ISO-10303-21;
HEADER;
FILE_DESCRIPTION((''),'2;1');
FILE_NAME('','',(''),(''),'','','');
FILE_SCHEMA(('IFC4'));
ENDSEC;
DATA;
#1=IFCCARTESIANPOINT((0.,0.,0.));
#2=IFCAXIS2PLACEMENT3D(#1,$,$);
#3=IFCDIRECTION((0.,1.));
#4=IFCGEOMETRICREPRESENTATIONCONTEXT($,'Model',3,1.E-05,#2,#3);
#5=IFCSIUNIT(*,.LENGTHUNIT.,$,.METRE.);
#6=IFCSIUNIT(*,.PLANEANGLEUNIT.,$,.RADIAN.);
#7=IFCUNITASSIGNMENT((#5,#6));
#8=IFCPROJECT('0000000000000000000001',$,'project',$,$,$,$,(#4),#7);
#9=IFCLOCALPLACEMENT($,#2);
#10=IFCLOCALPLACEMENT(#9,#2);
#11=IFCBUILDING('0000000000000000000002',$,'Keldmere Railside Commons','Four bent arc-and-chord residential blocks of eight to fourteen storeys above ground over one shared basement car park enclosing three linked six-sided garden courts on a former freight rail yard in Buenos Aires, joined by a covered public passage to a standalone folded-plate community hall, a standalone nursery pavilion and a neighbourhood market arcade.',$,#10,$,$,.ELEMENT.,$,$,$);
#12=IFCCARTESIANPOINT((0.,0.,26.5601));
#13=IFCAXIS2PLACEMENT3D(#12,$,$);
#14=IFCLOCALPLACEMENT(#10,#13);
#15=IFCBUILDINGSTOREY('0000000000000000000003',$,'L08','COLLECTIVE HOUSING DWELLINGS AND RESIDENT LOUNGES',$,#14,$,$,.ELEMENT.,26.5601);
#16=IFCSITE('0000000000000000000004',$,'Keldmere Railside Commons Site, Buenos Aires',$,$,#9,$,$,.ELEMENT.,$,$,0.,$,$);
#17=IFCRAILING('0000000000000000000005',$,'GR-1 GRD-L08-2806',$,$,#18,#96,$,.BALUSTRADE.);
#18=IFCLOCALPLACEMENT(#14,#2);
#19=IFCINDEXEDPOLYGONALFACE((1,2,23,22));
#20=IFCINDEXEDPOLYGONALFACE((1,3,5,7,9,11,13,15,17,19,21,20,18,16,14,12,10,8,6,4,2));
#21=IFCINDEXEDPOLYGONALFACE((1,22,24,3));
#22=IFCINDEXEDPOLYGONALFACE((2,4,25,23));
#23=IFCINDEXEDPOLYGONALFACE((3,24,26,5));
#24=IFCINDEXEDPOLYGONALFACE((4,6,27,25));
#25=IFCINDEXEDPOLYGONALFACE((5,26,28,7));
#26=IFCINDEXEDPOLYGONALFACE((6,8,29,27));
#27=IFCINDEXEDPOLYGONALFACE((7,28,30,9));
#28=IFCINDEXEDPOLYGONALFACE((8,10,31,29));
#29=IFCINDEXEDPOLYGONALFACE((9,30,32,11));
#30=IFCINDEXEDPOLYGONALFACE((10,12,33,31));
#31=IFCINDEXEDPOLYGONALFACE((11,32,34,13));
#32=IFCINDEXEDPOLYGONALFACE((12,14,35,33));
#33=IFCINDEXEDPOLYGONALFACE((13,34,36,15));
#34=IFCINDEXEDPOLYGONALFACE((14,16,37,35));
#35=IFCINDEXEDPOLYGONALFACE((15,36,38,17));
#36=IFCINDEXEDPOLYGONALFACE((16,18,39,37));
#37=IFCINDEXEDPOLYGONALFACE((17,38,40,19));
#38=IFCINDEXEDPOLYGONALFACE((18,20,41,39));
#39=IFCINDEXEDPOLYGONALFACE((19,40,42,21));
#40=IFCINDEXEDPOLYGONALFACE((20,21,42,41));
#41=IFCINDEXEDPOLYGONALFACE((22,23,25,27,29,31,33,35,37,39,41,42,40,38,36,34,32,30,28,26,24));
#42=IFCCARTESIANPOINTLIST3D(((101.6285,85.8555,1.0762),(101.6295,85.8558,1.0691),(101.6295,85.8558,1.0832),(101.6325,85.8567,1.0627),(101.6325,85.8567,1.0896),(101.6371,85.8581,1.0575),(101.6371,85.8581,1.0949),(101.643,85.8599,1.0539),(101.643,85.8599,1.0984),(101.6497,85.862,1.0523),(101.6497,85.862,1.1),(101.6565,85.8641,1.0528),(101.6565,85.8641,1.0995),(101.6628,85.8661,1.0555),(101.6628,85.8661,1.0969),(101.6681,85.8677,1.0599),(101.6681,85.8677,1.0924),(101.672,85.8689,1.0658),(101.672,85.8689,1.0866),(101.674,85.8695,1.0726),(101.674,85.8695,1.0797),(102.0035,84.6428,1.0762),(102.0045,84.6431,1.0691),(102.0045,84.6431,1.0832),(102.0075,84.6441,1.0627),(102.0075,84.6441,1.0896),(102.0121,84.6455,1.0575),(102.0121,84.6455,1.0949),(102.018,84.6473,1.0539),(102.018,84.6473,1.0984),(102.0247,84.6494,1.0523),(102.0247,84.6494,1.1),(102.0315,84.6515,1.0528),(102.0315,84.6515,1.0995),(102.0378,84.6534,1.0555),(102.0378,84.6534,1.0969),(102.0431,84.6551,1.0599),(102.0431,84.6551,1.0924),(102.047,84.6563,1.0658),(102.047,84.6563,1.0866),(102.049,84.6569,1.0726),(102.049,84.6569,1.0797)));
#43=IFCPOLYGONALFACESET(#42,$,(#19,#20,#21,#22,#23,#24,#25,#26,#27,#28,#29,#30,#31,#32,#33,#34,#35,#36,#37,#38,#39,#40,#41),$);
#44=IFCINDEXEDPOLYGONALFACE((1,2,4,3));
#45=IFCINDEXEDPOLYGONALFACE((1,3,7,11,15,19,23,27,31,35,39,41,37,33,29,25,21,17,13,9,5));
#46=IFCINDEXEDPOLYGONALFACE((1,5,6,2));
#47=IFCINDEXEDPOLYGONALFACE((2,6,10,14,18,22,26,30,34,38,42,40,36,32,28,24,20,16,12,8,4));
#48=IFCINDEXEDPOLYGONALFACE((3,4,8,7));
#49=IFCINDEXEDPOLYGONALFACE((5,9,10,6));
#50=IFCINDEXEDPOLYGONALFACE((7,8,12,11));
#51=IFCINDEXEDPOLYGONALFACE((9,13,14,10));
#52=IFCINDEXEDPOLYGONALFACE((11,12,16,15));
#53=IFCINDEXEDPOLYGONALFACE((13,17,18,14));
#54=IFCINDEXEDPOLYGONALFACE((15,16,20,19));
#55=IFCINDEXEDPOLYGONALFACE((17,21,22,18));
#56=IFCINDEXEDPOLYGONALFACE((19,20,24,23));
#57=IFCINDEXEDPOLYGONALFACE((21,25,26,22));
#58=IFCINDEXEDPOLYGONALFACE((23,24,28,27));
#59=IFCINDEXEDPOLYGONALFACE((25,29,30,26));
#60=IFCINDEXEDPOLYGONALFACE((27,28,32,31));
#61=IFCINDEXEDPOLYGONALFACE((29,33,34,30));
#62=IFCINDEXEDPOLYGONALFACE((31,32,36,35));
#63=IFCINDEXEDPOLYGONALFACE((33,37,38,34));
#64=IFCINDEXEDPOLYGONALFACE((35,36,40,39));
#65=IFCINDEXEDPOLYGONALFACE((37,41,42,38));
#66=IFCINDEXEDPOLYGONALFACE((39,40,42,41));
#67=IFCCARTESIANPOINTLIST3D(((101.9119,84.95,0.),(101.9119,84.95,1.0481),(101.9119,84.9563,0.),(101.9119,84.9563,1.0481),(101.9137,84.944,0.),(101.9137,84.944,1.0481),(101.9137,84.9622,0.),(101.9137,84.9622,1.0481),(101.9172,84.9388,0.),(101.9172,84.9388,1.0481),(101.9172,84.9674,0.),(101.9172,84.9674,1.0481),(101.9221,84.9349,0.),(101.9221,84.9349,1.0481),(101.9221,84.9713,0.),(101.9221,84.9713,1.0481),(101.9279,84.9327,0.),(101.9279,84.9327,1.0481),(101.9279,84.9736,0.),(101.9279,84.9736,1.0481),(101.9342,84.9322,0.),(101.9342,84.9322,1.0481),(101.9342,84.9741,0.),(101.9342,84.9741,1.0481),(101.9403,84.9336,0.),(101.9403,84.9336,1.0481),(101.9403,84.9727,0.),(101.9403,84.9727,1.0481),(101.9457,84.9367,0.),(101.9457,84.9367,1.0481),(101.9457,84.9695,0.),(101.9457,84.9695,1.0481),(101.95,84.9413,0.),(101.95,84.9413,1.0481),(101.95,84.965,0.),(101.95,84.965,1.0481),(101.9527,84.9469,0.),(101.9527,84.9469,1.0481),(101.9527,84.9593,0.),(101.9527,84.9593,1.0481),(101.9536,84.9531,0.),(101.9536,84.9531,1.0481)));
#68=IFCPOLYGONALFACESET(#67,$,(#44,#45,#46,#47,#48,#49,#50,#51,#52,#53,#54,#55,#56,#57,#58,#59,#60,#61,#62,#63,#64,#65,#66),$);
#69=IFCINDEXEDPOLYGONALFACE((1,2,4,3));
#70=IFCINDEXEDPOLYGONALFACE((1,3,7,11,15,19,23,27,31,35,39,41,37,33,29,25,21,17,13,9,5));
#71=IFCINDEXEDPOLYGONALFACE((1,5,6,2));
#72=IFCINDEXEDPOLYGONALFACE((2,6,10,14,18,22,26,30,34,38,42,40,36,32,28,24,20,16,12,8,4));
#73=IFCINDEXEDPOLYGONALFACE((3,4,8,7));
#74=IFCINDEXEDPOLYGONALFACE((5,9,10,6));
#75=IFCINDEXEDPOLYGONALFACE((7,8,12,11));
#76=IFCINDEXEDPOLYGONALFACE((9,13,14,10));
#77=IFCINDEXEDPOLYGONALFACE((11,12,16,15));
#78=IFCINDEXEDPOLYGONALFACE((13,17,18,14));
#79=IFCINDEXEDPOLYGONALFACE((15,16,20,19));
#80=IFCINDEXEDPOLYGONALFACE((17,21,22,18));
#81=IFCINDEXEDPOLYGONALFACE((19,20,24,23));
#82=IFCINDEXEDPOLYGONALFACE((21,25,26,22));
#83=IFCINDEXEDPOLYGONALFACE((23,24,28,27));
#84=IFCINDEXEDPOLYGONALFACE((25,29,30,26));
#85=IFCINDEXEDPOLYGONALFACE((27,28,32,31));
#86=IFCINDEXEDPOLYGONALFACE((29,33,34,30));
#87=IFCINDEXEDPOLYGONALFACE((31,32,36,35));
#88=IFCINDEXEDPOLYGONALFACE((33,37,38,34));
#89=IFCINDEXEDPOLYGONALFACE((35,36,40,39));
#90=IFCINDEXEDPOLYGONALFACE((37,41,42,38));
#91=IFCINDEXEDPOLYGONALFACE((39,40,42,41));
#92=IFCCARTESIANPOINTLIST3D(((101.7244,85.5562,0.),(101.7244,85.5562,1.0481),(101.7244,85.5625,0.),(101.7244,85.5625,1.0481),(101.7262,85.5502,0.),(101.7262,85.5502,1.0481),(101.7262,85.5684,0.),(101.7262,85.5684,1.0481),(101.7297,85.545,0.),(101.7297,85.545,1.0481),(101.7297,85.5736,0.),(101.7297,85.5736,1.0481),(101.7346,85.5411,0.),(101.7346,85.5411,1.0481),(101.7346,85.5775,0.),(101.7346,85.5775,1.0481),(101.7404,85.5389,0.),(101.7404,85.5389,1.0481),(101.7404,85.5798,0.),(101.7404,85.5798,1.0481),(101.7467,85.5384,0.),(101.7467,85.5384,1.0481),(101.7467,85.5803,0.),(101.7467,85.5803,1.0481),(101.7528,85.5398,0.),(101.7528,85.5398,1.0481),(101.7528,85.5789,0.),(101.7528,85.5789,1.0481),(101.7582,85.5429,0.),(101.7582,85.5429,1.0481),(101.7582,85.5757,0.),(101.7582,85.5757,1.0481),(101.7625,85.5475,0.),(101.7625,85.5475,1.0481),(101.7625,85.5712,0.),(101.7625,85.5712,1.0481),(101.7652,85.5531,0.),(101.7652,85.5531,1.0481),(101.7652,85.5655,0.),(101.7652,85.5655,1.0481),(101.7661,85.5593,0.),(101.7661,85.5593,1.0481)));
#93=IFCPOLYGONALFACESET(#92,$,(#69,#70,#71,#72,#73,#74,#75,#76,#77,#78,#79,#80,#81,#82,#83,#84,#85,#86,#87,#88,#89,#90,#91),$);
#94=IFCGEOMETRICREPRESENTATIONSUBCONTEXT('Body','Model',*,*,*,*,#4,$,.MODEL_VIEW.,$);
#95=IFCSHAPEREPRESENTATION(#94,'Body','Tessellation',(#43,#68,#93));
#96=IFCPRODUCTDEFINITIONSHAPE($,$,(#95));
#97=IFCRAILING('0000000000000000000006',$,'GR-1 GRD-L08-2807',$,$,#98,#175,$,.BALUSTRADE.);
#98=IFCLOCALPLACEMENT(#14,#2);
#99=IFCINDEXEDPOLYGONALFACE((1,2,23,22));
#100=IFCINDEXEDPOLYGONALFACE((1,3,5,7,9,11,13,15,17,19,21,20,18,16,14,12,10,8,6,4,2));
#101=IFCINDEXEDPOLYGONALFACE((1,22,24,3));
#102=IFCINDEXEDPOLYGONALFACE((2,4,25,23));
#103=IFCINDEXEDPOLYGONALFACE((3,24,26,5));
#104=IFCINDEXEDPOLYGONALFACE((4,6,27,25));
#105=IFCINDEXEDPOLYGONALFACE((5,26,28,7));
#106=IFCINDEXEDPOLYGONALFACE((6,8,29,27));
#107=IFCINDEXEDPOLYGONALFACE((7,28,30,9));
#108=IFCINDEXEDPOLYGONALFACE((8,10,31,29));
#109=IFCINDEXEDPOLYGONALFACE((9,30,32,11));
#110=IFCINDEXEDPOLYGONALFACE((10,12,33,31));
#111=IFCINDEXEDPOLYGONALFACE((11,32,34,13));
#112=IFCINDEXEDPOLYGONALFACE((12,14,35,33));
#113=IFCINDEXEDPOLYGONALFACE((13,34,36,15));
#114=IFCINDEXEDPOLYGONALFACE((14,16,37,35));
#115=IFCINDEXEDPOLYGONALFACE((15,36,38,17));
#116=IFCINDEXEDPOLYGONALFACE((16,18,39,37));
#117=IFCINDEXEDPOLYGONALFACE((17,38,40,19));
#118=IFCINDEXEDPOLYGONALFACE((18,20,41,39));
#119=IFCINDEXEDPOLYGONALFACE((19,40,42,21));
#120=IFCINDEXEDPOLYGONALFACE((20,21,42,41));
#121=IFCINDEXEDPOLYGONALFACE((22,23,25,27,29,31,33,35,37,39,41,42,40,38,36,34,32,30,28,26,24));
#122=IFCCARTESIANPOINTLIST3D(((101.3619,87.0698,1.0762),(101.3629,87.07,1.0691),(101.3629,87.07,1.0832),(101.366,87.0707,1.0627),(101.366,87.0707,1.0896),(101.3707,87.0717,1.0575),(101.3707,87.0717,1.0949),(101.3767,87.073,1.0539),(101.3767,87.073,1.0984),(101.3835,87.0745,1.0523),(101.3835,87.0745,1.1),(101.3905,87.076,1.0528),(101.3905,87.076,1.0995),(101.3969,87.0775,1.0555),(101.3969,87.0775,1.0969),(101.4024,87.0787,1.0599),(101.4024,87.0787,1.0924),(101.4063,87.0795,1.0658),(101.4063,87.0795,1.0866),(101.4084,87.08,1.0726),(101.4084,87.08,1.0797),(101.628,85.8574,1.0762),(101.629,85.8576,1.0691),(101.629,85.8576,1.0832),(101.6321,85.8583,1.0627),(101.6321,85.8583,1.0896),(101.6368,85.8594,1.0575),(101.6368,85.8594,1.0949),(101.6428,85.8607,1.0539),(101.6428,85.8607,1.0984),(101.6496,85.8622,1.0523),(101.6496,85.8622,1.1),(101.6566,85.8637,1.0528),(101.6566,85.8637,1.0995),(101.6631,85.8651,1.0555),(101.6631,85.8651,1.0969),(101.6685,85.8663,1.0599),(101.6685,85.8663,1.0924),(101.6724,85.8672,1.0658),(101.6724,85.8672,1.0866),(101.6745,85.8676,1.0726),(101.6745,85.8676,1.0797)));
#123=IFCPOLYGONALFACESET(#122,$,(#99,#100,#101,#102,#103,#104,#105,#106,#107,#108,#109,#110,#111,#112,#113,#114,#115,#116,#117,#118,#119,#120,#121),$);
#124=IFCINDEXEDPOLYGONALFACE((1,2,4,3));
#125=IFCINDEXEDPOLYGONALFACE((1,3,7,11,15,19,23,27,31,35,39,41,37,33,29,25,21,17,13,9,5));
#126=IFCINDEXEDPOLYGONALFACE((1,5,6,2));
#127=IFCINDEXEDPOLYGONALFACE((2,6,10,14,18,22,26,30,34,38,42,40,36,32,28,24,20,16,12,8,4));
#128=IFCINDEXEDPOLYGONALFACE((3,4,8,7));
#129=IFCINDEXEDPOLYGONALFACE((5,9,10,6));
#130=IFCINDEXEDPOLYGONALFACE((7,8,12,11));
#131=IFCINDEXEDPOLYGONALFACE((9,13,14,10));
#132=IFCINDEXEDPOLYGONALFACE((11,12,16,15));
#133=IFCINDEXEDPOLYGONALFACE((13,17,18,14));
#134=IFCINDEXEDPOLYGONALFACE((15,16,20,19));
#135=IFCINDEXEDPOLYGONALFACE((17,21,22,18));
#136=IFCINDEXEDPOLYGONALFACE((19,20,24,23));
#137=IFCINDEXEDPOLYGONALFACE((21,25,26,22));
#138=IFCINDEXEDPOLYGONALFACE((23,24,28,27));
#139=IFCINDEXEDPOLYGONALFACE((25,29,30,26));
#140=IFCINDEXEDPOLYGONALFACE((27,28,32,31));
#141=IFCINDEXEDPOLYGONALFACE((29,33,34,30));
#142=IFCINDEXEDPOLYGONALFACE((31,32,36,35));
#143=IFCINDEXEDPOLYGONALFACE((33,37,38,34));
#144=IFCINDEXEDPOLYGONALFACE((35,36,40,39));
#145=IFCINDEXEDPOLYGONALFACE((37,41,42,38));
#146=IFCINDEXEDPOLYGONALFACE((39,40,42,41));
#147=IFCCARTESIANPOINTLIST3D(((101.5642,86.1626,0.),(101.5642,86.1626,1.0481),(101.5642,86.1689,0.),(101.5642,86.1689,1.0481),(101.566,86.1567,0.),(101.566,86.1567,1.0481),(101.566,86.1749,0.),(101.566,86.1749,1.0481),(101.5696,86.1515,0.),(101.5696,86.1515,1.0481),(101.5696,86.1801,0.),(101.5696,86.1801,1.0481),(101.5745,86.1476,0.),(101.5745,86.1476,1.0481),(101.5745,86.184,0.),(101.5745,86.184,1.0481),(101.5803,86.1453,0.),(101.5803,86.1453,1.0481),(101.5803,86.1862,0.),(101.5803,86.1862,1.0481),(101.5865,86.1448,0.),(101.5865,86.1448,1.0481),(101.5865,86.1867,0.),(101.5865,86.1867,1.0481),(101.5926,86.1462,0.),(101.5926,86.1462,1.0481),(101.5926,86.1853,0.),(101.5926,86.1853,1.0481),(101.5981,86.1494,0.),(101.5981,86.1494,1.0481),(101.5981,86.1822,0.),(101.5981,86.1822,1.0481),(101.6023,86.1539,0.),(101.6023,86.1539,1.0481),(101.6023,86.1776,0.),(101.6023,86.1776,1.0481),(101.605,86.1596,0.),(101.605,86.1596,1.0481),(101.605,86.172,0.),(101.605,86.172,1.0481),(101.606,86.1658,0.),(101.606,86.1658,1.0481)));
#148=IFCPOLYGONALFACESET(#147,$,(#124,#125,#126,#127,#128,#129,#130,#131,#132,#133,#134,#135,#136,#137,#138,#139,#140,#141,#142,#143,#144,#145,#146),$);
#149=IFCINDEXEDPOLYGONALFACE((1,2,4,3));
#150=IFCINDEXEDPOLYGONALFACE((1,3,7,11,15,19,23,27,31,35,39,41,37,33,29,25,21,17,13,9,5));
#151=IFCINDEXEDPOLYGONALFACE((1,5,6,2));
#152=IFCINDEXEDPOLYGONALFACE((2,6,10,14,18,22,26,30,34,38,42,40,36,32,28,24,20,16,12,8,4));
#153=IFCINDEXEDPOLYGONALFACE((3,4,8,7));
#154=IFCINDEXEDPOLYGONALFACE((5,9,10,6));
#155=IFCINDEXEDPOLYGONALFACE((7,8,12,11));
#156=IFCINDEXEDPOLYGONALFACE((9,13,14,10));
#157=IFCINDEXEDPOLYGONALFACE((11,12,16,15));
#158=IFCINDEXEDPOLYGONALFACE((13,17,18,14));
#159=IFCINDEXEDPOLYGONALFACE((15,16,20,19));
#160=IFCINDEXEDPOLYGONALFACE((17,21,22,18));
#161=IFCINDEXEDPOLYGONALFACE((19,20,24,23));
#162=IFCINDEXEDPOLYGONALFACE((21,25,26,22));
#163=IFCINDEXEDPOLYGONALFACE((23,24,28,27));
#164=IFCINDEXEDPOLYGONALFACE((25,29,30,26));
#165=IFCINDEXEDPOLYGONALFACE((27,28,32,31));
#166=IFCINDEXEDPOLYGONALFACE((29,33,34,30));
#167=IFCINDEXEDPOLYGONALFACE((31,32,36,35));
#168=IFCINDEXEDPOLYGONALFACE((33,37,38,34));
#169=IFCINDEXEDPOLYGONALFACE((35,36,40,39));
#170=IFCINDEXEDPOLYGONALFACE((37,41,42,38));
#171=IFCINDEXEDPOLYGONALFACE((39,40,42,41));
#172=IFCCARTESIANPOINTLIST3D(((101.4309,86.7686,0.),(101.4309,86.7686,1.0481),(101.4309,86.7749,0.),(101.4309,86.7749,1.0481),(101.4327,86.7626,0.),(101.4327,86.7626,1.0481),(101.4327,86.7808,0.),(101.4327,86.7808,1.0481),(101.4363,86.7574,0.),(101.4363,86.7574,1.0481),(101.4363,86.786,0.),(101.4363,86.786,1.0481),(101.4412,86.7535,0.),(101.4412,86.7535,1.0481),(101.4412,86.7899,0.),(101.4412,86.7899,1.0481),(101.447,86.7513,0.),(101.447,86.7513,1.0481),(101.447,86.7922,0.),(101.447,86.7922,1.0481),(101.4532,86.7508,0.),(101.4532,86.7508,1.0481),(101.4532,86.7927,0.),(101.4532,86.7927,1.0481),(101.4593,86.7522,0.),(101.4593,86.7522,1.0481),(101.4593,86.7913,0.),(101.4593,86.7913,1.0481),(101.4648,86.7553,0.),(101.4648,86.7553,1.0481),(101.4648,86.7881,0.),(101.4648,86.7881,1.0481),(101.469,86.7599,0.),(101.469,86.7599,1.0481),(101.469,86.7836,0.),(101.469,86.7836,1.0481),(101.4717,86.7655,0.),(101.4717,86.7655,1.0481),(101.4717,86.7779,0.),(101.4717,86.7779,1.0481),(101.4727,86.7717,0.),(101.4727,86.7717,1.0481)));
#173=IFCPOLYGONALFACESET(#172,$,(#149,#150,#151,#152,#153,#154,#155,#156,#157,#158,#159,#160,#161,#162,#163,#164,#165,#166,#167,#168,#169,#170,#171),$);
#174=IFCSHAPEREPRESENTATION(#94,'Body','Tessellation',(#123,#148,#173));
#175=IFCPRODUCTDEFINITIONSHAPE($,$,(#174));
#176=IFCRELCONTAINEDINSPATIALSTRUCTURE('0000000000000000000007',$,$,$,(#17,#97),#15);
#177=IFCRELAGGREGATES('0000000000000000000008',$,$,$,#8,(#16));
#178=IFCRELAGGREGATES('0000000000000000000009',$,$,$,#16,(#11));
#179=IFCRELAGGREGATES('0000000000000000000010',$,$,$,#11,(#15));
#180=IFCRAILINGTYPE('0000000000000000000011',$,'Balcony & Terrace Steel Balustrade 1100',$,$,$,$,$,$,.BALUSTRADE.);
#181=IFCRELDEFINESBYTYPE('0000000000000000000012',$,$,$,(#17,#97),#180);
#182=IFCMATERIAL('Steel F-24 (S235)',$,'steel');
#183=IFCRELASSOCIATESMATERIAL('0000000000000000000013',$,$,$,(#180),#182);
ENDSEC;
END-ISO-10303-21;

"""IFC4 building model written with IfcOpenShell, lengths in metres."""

from ifc_helpers import new_model, si_unit, direction, frame, origin, origin_2d, place, context, subcontext, project, spatial, circle, extrude, material, type_object, element, save


model = new_model("IFC4")

# Units and contexts
model_context = context("Model", 3, precision=1e-05, world=origin(), true_north=direction((0.0, 1.0)))
body_context = subcontext(model_context, "Body", "Model", "MODEL_VIEW")
ifc_project = project(units=[si_unit("LENGTHUNIT", "METRE"), si_unit("PLANEANGLEUNIT", "RADIAN")], contexts=[model_context])

# Site, building, storey
site_placement = place(None, origin())
site = spatial("IfcSite", under=ifc_project, at=site_placement, Name="Keldmere Railside Commons Site, Buenos Aires", CompositionType="ELEMENT", RefElevation=0.0)
building_placement = place(site_placement, origin())
building = spatial("IfcBuilding", under=site, at=building_placement, Name="Keldmere Railside Commons", Description="Four bent arc-and-chord residential blocks of eight to fourteen storeys above ground over one shared basement car park enclosing three linked six-sided garden courts on a former freight rail yard in Buenos Aires, joined by a covered public passage to a standalone folded-plate community hall, a standalone nursery pavilion and a neighbourhood market arcade.", CompositionType="ELEMENT")
storey_placement = place(building_placement, frame((0.0, 0.0, 26.5601)))
storey = spatial("IfcBuildingStorey", under=building, at=storey_placement, Name="L08", Description="COLLECTIVE HOUSING DWELLINGS AND RESIDENT LOUNGES", CompositionType="ELEMENT", Elevation=26.5601)

# Railings
ifc_material_1 = material(Name="Steel F-24 (S235)", Category="steel")
railing_type_1 = type_object("IfcRailingType", Name="Balcony & Terrace Steel Balustrade 1100", PredefinedType="BALUSTRADE", material=ifc_material_1)
railing_1_placement = place(storey_placement, frame((102.0264, 84.6499, 0.0)))
element("IfcRailing", 1, at=railing_1_placement, inside=storey, type_object=railing_type_1, Name="GR-1 GRD-L08-2806", PredefinedType="BALUSTRADE", context=body_context, shape_type="SweptSolid", body=[
    extrude(circle(Radius=0.0239, at=origin_2d()), frame((0.0, 0.0, 1.0762), z_axis=(-0.295437, 0.955362, 0.0), x_axis=(-0.955362, -0.295437, 0.0)), (0.0, 0.0, 1.0), 1.2693),
    extrude(circle(Radius=0.021, at=origin_2d()), frame((-0.0938, 0.3032, 0.0)), (0.0, 0.0, 1.0), 1.0481),
    extrude(circle(Radius=0.021, at=origin_2d()), frame((-0.2812, 0.9094, 0.0)), (0.0, 0.0, 1.0), 1.0481),
])
railing_2_placement = place(storey_placement, frame((101.6514, 85.8625, 0.0)))
element("IfcRailing", 2, at=railing_2_placement, inside=storey, type_object=railing_type_1, Name="GR-1 GRD-L08-2807", PredefinedType="BALUSTRADE", context=body_context, shape_type="SweptSolid", body=[
    extrude(circle(Radius=0.0239, at=origin_2d()), frame((0.0, 0.0, 1.0762), z_axis=(-0.214389, 0.976748, 0.0), x_axis=(-0.976748, -0.214389, 0.0)), (0.0, 0.0, 1.0), 1.2412),
    extrude(circle(Radius=0.021, at=origin_2d()), frame((-0.0664, 0.3032, 0.0)), (0.0, 0.0, 1.0), 1.0481),
    extrude(circle(Radius=0.021, at=origin_2d()), frame((-0.1997, 0.9092, 0.0)), (0.0, 0.0, 1.0), 1.0481),
])

save(model, "model.ifc")
